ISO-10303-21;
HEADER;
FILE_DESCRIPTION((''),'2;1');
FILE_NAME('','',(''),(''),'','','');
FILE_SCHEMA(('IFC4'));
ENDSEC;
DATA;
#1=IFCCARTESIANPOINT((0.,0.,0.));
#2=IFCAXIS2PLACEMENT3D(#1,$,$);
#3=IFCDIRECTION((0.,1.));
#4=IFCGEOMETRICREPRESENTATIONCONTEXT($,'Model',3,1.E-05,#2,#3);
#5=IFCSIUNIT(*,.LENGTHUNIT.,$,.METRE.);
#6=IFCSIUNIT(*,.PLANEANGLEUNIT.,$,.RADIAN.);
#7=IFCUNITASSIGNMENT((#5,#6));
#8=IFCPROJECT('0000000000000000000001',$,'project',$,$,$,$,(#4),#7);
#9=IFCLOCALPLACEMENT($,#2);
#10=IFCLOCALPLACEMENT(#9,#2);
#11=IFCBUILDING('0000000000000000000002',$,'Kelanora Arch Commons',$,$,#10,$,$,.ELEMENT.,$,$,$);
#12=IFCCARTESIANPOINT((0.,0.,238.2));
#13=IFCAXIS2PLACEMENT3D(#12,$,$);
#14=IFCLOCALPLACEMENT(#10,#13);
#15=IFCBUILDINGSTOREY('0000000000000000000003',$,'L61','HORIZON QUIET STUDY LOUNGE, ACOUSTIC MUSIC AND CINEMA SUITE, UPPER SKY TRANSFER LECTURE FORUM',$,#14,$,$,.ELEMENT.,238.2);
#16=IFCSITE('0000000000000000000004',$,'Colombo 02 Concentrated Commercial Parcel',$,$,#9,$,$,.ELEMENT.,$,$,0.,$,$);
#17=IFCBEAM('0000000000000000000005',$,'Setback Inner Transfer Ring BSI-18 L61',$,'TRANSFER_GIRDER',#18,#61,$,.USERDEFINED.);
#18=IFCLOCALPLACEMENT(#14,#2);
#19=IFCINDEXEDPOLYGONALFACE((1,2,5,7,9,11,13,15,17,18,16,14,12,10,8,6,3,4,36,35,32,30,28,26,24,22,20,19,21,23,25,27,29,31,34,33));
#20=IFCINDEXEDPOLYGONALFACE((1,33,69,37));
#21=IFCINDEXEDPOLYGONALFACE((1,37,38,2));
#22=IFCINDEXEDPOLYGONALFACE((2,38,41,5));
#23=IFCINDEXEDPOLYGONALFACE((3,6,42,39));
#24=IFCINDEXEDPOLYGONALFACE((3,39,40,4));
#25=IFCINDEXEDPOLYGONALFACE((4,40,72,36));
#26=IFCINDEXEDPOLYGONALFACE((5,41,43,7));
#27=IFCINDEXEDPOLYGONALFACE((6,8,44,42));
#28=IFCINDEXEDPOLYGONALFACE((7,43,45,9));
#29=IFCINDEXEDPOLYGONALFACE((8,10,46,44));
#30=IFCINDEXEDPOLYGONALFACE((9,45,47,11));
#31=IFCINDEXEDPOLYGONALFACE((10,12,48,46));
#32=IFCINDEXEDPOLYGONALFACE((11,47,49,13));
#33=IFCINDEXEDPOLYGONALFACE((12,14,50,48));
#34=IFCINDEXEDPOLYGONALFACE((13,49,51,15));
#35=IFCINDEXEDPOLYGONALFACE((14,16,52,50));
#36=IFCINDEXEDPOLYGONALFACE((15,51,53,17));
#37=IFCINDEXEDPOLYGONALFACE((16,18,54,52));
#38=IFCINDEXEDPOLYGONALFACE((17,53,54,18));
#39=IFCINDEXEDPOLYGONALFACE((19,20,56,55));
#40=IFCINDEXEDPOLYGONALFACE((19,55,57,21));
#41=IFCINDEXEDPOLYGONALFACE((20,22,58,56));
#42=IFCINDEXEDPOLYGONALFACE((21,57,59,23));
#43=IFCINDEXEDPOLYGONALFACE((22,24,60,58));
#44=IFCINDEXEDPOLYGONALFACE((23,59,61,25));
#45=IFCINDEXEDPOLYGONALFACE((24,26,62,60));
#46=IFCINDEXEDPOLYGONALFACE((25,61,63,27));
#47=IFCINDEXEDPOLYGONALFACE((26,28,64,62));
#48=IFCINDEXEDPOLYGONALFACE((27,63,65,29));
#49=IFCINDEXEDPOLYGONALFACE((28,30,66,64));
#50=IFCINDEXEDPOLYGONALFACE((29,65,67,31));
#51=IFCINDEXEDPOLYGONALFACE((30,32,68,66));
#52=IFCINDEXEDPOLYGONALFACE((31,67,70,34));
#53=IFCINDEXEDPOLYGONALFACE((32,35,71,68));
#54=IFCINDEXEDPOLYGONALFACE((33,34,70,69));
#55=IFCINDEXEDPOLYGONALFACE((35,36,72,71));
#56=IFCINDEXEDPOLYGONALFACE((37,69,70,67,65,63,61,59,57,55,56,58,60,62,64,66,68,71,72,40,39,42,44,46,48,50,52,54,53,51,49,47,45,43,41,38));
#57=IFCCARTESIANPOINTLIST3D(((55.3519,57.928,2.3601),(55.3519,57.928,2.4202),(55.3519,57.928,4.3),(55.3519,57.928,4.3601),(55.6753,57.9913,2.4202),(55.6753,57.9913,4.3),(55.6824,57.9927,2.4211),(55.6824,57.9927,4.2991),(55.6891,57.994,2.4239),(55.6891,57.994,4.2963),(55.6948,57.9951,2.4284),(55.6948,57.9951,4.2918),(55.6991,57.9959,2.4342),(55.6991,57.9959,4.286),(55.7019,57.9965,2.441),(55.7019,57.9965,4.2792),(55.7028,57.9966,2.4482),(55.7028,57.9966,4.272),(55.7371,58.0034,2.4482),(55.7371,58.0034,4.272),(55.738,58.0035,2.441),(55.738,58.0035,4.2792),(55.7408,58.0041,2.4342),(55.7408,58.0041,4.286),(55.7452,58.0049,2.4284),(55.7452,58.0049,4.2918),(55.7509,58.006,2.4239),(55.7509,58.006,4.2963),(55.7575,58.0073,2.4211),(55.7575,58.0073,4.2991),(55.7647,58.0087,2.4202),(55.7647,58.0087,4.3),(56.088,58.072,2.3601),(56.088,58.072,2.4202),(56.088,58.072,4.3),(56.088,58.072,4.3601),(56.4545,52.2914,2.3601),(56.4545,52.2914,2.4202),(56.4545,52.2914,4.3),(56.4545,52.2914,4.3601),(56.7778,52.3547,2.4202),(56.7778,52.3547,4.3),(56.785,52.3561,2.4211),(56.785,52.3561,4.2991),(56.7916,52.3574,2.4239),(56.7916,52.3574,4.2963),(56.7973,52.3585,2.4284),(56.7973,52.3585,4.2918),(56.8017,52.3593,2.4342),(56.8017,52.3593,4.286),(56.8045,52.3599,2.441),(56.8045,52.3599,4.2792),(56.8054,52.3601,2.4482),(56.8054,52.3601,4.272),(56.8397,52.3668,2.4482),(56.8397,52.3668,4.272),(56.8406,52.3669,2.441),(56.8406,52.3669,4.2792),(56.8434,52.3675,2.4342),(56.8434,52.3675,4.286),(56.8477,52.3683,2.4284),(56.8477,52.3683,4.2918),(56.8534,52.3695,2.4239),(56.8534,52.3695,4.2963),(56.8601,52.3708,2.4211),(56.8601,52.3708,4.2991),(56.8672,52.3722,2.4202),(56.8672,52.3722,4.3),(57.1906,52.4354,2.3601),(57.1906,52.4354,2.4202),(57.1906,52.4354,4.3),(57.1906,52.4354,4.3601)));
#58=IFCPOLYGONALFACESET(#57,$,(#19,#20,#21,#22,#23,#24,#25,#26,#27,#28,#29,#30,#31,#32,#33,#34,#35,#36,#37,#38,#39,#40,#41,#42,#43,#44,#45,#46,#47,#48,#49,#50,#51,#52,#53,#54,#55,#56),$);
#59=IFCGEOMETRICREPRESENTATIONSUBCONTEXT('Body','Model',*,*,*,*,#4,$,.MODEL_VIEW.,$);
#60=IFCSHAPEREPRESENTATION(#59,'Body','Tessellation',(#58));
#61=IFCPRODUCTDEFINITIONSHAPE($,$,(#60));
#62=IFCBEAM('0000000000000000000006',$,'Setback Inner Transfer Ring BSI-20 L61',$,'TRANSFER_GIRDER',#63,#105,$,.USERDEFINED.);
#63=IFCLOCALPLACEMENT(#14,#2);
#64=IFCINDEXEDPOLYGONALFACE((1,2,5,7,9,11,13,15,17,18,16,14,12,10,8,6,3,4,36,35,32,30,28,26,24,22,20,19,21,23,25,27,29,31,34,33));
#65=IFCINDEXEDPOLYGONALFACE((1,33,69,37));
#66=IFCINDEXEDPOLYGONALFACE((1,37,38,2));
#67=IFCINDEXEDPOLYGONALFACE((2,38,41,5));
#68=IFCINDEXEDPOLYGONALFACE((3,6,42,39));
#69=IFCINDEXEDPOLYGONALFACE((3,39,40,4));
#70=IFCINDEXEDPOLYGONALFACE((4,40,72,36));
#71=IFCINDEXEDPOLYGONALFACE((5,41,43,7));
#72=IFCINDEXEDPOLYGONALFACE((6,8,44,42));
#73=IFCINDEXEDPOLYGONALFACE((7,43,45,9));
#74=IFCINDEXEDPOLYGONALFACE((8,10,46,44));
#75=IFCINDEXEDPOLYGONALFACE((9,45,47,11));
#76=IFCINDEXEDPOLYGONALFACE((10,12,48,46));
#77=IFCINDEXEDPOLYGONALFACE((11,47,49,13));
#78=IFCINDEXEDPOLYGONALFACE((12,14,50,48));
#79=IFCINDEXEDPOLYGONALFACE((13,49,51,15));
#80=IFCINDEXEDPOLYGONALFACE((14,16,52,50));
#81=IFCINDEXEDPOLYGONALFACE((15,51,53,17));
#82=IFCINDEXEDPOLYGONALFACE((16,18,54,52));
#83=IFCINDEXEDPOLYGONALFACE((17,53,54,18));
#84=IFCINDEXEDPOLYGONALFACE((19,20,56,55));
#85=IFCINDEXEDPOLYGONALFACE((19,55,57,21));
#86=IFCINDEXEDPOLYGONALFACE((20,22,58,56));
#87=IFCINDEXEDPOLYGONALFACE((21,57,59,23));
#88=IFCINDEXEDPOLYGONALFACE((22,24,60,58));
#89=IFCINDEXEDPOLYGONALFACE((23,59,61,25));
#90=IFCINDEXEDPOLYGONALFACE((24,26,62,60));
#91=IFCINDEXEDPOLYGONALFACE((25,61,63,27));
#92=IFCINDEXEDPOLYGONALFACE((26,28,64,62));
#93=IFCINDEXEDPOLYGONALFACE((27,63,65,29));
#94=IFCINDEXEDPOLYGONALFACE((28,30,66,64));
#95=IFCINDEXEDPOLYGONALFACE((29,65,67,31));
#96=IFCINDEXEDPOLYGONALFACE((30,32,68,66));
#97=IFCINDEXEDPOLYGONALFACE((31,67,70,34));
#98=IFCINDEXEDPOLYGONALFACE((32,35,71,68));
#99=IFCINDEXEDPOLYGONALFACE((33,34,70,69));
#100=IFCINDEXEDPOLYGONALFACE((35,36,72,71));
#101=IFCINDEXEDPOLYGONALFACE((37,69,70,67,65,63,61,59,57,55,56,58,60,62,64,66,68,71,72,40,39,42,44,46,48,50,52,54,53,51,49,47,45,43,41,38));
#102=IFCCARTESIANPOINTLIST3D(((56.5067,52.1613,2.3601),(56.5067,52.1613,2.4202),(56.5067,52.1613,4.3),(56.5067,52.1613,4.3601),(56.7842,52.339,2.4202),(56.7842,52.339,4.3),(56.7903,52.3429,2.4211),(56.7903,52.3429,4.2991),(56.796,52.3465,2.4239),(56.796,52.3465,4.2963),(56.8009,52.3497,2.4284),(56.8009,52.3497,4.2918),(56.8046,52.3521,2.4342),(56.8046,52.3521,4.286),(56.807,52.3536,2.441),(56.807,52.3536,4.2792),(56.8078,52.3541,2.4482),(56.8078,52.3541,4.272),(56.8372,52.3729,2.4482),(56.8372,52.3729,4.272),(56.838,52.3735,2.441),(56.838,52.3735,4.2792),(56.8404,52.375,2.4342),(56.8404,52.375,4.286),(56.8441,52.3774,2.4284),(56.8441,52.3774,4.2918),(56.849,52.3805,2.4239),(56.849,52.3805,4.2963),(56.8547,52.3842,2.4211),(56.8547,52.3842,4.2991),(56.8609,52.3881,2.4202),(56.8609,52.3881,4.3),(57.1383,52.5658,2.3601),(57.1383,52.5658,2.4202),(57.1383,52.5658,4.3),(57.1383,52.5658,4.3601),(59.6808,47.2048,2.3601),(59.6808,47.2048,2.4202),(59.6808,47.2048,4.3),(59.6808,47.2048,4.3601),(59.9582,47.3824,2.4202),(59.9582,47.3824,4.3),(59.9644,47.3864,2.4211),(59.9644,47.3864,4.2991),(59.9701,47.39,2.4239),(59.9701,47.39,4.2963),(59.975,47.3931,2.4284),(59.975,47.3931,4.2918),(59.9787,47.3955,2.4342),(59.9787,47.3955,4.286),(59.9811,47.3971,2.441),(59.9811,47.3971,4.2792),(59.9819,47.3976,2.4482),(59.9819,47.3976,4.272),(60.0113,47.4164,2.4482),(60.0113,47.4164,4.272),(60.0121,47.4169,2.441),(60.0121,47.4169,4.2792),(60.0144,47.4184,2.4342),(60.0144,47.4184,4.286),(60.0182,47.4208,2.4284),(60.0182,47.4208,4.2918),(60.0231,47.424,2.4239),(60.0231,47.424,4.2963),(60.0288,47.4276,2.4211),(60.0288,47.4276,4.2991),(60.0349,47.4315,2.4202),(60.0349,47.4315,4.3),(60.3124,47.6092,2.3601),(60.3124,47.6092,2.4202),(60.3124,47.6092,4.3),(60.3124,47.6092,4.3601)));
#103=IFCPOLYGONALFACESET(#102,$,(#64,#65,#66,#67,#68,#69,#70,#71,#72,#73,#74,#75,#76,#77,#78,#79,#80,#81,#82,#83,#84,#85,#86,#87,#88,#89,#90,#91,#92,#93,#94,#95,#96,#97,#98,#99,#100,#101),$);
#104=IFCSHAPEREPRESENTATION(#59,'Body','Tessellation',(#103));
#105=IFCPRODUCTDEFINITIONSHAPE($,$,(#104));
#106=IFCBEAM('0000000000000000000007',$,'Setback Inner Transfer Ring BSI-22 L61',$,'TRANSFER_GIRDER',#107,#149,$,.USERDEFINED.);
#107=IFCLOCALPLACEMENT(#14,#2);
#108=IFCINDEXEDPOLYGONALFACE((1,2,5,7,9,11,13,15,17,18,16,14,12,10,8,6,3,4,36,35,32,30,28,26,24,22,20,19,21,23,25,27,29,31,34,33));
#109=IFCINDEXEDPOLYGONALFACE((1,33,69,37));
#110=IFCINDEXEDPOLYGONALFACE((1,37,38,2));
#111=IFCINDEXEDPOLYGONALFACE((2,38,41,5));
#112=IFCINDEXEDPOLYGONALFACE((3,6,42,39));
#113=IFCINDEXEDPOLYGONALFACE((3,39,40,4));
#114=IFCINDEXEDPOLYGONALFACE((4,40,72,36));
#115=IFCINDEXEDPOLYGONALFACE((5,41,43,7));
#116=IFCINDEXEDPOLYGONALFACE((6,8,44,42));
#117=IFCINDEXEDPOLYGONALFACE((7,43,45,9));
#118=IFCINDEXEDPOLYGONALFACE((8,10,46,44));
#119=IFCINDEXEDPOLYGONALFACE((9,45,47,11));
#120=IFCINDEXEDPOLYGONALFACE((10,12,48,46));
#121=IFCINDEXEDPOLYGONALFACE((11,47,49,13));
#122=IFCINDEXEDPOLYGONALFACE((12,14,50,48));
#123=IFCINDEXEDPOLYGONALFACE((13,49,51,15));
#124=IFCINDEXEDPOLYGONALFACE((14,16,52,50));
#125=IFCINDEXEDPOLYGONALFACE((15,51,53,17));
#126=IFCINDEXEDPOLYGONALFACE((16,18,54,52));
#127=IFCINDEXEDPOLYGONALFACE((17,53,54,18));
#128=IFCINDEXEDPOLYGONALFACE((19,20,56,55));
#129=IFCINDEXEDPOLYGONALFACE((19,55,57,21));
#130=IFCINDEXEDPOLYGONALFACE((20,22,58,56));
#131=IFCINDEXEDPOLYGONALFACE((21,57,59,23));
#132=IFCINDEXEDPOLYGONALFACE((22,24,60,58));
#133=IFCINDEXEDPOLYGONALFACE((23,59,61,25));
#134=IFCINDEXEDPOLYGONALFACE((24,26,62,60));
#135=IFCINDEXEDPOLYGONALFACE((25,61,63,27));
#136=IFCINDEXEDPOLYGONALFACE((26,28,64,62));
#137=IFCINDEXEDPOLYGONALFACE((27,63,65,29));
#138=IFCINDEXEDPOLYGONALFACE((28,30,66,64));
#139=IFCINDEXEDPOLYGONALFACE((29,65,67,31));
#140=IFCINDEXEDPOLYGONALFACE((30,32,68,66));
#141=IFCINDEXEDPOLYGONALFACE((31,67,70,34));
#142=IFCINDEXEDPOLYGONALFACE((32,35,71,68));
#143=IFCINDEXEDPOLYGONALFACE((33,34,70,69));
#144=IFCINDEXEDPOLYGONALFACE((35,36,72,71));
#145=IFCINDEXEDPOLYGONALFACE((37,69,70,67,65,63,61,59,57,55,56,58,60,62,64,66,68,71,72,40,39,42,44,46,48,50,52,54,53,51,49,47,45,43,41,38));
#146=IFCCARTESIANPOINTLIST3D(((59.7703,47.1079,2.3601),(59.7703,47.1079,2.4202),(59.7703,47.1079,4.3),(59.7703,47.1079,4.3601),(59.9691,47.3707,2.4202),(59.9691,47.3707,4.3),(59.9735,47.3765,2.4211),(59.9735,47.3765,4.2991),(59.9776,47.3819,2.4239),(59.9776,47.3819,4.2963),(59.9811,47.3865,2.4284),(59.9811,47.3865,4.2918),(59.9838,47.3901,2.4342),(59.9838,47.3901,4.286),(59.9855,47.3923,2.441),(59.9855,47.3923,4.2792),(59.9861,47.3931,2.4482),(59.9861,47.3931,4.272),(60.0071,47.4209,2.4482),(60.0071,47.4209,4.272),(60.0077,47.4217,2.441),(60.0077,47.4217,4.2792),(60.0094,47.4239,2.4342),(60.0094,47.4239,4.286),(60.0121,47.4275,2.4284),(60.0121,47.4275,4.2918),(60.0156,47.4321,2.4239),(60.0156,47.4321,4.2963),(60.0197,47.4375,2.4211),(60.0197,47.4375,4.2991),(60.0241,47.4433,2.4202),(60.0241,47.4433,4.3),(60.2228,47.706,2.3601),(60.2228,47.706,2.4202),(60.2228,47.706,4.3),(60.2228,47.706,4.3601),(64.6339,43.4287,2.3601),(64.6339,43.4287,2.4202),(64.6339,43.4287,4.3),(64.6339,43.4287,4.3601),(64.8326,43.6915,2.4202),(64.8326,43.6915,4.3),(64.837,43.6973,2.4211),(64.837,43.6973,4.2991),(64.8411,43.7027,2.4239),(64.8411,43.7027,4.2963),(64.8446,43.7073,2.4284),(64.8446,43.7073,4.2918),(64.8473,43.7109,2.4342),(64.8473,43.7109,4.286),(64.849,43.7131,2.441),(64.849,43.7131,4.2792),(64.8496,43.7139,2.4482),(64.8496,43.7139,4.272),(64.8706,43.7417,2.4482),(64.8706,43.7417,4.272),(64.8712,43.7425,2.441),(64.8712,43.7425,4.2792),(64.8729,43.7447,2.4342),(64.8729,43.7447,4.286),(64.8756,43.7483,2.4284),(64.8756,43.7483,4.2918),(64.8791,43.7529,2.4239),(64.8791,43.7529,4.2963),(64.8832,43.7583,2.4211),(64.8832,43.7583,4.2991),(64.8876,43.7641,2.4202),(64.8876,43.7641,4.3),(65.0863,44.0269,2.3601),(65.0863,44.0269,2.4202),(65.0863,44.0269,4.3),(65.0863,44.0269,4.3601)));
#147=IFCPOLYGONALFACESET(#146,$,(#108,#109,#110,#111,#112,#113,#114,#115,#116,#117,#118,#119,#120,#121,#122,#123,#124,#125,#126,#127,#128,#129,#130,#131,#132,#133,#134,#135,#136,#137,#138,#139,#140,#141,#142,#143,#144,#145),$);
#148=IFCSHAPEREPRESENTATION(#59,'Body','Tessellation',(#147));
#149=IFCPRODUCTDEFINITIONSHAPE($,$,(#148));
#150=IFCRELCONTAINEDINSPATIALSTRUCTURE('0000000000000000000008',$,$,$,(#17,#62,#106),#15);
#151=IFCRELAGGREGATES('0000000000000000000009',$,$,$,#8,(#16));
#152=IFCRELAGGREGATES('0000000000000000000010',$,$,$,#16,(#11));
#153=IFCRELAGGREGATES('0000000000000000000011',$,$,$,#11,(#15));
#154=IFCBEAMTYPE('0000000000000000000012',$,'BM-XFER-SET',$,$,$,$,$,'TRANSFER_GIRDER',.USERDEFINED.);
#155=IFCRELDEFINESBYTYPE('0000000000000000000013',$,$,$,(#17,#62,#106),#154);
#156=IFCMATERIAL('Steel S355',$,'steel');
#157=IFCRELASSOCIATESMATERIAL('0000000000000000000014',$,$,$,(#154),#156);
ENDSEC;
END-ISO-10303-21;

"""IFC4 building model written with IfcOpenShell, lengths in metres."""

from ifc_helpers import new_model, si_unit, direction, frame, origin, origin_2d, place, context, subcontext, project, spatial, i_section, extrude, material, material_profile, profile_set, type_object, element, save


model = new_model("IFC4")

# Units and contexts
model_context = context("Model", 3, precision=1e-05, world=origin(), true_north=direction((0.0, 1.0)))
body_context = subcontext(model_context, "Body", "Model", "MODEL_VIEW")
ifc_project = project(units=[si_unit("LENGTHUNIT", "METRE"), si_unit("PLANEANGLEUNIT", "RADIAN")], contexts=[model_context])

# Site, building, storey
site_placement = place(None, origin())
site = spatial("IfcSite", under=ifc_project, at=site_placement, Name="Colombo 02 Concentrated Commercial Parcel", CompositionType="ELEMENT", RefElevation=0.0)
building_placement = place(site_placement, origin())
building = spatial("IfcBuilding", under=site, at=building_placement, Name="Kelanora Arch Commons", CompositionType="ELEMENT")
storey_placement = place(building_placement, frame((0.0, 0.0, 238.2)))
storey = spatial("IfcBuildingStorey", under=building, at=storey_placement, Name="L61", Description="HORIZON QUIET STUDY LOUNGE, ACOUSTIC MUSIC AND CINEMA SUITE, UPPER SKY TRANSFER LECTURE FORUM", CompositionType="ELEMENT", Elevation=238.2)

# Beams
ifc_material_1 = material(Name="Steel S355", Category="steel")
ifc_material_profile_1 = material_profile(ifc_material_1, i_section(OverallWidth=0.75, OverallDepth=2.0, WebThickness=0.0349, FlangeThickness=0.0601, FilletRadius=0.0281, at=origin_2d()), Name="PG2000x750")
ifc_profile_set_1 = profile_set([ifc_material_profile_1], Name="Steel S355")
beam_type_1 = type_object("IfcBeamType", Name="BM-XFER-SET", ElementType="TRANSFER_GIRDER", PredefinedType="USERDEFINED", material=ifc_profile_set_1)
beam_1_placement = place(storey_placement, frame((55.72, 58.0, 3.3601), z_axis=(0.19197, -0.981401, 0.0), x_axis=(0.981401, 0.19197, 0.0)))
element("IfcBeam", 1, at=beam_1_placement, inside=storey, type_object=beam_type_1, Name="Setback Inner Transfer Ring BSI-18 L61", ObjectType="TRANSFER_GIRDER", PredefinedType="USERDEFINED", context=body_context, shape_type="SweptSolid", body=[
    extrude(i_section(OverallWidth=0.75, OverallDepth=2.0, WebThickness=0.0349, FlangeThickness=0.0601, FilletRadius=0.0281, at=origin_2d()), origin(), (0.0, 0.0, 1.0), 5.7434),
])
beam_2_placement = place(storey_placement, frame((56.8225, 52.3635, 3.3601), z_axis=(0.539281, -0.842126, 0.0), x_axis=(0.842126, 0.539281, 0.0)))
element("IfcBeam", 2, at=beam_2_placement, inside=storey, type_object=beam_type_1, Name="Setback Inner Transfer Ring BSI-20 L61", ObjectType="TRANSFER_GIRDER", PredefinedType="USERDEFINED", context=body_context, shape_type="SweptSolid", body=[
    extrude(i_section(OverallWidth=0.75, OverallDepth=2.0, WebThickness=0.0349, FlangeThickness=0.0601, FilletRadius=0.0281, at=origin_2d()), origin(), (0.0, 0.0, 1.0), 5.8857),
])
beam_3_placement = place(storey_placement, frame((59.9966, 47.407, 3.3601), z_axis=(0.797509, -0.603306, 0.0), x_axis=(0.603306, 0.797509, 0.0)))
element("IfcBeam", 3, at=beam_3_placement, inside=storey, type_object=beam_type_1, Name="Setback Inner Transfer Ring BSI-22 L61", ObjectType="TRANSFER_GIRDER", PredefinedType="USERDEFINED", context=body_context, shape_type="SweptSolid", body=[
    extrude(i_section(OverallWidth=0.75, OverallDepth=2.0, WebThickness=0.0349, FlangeThickness=0.0601, FilletRadius=0.0281, at=origin_2d()), origin(), (0.0, 0.0, 1.0), 6.0984),
])

save(model, "model.ifc")
